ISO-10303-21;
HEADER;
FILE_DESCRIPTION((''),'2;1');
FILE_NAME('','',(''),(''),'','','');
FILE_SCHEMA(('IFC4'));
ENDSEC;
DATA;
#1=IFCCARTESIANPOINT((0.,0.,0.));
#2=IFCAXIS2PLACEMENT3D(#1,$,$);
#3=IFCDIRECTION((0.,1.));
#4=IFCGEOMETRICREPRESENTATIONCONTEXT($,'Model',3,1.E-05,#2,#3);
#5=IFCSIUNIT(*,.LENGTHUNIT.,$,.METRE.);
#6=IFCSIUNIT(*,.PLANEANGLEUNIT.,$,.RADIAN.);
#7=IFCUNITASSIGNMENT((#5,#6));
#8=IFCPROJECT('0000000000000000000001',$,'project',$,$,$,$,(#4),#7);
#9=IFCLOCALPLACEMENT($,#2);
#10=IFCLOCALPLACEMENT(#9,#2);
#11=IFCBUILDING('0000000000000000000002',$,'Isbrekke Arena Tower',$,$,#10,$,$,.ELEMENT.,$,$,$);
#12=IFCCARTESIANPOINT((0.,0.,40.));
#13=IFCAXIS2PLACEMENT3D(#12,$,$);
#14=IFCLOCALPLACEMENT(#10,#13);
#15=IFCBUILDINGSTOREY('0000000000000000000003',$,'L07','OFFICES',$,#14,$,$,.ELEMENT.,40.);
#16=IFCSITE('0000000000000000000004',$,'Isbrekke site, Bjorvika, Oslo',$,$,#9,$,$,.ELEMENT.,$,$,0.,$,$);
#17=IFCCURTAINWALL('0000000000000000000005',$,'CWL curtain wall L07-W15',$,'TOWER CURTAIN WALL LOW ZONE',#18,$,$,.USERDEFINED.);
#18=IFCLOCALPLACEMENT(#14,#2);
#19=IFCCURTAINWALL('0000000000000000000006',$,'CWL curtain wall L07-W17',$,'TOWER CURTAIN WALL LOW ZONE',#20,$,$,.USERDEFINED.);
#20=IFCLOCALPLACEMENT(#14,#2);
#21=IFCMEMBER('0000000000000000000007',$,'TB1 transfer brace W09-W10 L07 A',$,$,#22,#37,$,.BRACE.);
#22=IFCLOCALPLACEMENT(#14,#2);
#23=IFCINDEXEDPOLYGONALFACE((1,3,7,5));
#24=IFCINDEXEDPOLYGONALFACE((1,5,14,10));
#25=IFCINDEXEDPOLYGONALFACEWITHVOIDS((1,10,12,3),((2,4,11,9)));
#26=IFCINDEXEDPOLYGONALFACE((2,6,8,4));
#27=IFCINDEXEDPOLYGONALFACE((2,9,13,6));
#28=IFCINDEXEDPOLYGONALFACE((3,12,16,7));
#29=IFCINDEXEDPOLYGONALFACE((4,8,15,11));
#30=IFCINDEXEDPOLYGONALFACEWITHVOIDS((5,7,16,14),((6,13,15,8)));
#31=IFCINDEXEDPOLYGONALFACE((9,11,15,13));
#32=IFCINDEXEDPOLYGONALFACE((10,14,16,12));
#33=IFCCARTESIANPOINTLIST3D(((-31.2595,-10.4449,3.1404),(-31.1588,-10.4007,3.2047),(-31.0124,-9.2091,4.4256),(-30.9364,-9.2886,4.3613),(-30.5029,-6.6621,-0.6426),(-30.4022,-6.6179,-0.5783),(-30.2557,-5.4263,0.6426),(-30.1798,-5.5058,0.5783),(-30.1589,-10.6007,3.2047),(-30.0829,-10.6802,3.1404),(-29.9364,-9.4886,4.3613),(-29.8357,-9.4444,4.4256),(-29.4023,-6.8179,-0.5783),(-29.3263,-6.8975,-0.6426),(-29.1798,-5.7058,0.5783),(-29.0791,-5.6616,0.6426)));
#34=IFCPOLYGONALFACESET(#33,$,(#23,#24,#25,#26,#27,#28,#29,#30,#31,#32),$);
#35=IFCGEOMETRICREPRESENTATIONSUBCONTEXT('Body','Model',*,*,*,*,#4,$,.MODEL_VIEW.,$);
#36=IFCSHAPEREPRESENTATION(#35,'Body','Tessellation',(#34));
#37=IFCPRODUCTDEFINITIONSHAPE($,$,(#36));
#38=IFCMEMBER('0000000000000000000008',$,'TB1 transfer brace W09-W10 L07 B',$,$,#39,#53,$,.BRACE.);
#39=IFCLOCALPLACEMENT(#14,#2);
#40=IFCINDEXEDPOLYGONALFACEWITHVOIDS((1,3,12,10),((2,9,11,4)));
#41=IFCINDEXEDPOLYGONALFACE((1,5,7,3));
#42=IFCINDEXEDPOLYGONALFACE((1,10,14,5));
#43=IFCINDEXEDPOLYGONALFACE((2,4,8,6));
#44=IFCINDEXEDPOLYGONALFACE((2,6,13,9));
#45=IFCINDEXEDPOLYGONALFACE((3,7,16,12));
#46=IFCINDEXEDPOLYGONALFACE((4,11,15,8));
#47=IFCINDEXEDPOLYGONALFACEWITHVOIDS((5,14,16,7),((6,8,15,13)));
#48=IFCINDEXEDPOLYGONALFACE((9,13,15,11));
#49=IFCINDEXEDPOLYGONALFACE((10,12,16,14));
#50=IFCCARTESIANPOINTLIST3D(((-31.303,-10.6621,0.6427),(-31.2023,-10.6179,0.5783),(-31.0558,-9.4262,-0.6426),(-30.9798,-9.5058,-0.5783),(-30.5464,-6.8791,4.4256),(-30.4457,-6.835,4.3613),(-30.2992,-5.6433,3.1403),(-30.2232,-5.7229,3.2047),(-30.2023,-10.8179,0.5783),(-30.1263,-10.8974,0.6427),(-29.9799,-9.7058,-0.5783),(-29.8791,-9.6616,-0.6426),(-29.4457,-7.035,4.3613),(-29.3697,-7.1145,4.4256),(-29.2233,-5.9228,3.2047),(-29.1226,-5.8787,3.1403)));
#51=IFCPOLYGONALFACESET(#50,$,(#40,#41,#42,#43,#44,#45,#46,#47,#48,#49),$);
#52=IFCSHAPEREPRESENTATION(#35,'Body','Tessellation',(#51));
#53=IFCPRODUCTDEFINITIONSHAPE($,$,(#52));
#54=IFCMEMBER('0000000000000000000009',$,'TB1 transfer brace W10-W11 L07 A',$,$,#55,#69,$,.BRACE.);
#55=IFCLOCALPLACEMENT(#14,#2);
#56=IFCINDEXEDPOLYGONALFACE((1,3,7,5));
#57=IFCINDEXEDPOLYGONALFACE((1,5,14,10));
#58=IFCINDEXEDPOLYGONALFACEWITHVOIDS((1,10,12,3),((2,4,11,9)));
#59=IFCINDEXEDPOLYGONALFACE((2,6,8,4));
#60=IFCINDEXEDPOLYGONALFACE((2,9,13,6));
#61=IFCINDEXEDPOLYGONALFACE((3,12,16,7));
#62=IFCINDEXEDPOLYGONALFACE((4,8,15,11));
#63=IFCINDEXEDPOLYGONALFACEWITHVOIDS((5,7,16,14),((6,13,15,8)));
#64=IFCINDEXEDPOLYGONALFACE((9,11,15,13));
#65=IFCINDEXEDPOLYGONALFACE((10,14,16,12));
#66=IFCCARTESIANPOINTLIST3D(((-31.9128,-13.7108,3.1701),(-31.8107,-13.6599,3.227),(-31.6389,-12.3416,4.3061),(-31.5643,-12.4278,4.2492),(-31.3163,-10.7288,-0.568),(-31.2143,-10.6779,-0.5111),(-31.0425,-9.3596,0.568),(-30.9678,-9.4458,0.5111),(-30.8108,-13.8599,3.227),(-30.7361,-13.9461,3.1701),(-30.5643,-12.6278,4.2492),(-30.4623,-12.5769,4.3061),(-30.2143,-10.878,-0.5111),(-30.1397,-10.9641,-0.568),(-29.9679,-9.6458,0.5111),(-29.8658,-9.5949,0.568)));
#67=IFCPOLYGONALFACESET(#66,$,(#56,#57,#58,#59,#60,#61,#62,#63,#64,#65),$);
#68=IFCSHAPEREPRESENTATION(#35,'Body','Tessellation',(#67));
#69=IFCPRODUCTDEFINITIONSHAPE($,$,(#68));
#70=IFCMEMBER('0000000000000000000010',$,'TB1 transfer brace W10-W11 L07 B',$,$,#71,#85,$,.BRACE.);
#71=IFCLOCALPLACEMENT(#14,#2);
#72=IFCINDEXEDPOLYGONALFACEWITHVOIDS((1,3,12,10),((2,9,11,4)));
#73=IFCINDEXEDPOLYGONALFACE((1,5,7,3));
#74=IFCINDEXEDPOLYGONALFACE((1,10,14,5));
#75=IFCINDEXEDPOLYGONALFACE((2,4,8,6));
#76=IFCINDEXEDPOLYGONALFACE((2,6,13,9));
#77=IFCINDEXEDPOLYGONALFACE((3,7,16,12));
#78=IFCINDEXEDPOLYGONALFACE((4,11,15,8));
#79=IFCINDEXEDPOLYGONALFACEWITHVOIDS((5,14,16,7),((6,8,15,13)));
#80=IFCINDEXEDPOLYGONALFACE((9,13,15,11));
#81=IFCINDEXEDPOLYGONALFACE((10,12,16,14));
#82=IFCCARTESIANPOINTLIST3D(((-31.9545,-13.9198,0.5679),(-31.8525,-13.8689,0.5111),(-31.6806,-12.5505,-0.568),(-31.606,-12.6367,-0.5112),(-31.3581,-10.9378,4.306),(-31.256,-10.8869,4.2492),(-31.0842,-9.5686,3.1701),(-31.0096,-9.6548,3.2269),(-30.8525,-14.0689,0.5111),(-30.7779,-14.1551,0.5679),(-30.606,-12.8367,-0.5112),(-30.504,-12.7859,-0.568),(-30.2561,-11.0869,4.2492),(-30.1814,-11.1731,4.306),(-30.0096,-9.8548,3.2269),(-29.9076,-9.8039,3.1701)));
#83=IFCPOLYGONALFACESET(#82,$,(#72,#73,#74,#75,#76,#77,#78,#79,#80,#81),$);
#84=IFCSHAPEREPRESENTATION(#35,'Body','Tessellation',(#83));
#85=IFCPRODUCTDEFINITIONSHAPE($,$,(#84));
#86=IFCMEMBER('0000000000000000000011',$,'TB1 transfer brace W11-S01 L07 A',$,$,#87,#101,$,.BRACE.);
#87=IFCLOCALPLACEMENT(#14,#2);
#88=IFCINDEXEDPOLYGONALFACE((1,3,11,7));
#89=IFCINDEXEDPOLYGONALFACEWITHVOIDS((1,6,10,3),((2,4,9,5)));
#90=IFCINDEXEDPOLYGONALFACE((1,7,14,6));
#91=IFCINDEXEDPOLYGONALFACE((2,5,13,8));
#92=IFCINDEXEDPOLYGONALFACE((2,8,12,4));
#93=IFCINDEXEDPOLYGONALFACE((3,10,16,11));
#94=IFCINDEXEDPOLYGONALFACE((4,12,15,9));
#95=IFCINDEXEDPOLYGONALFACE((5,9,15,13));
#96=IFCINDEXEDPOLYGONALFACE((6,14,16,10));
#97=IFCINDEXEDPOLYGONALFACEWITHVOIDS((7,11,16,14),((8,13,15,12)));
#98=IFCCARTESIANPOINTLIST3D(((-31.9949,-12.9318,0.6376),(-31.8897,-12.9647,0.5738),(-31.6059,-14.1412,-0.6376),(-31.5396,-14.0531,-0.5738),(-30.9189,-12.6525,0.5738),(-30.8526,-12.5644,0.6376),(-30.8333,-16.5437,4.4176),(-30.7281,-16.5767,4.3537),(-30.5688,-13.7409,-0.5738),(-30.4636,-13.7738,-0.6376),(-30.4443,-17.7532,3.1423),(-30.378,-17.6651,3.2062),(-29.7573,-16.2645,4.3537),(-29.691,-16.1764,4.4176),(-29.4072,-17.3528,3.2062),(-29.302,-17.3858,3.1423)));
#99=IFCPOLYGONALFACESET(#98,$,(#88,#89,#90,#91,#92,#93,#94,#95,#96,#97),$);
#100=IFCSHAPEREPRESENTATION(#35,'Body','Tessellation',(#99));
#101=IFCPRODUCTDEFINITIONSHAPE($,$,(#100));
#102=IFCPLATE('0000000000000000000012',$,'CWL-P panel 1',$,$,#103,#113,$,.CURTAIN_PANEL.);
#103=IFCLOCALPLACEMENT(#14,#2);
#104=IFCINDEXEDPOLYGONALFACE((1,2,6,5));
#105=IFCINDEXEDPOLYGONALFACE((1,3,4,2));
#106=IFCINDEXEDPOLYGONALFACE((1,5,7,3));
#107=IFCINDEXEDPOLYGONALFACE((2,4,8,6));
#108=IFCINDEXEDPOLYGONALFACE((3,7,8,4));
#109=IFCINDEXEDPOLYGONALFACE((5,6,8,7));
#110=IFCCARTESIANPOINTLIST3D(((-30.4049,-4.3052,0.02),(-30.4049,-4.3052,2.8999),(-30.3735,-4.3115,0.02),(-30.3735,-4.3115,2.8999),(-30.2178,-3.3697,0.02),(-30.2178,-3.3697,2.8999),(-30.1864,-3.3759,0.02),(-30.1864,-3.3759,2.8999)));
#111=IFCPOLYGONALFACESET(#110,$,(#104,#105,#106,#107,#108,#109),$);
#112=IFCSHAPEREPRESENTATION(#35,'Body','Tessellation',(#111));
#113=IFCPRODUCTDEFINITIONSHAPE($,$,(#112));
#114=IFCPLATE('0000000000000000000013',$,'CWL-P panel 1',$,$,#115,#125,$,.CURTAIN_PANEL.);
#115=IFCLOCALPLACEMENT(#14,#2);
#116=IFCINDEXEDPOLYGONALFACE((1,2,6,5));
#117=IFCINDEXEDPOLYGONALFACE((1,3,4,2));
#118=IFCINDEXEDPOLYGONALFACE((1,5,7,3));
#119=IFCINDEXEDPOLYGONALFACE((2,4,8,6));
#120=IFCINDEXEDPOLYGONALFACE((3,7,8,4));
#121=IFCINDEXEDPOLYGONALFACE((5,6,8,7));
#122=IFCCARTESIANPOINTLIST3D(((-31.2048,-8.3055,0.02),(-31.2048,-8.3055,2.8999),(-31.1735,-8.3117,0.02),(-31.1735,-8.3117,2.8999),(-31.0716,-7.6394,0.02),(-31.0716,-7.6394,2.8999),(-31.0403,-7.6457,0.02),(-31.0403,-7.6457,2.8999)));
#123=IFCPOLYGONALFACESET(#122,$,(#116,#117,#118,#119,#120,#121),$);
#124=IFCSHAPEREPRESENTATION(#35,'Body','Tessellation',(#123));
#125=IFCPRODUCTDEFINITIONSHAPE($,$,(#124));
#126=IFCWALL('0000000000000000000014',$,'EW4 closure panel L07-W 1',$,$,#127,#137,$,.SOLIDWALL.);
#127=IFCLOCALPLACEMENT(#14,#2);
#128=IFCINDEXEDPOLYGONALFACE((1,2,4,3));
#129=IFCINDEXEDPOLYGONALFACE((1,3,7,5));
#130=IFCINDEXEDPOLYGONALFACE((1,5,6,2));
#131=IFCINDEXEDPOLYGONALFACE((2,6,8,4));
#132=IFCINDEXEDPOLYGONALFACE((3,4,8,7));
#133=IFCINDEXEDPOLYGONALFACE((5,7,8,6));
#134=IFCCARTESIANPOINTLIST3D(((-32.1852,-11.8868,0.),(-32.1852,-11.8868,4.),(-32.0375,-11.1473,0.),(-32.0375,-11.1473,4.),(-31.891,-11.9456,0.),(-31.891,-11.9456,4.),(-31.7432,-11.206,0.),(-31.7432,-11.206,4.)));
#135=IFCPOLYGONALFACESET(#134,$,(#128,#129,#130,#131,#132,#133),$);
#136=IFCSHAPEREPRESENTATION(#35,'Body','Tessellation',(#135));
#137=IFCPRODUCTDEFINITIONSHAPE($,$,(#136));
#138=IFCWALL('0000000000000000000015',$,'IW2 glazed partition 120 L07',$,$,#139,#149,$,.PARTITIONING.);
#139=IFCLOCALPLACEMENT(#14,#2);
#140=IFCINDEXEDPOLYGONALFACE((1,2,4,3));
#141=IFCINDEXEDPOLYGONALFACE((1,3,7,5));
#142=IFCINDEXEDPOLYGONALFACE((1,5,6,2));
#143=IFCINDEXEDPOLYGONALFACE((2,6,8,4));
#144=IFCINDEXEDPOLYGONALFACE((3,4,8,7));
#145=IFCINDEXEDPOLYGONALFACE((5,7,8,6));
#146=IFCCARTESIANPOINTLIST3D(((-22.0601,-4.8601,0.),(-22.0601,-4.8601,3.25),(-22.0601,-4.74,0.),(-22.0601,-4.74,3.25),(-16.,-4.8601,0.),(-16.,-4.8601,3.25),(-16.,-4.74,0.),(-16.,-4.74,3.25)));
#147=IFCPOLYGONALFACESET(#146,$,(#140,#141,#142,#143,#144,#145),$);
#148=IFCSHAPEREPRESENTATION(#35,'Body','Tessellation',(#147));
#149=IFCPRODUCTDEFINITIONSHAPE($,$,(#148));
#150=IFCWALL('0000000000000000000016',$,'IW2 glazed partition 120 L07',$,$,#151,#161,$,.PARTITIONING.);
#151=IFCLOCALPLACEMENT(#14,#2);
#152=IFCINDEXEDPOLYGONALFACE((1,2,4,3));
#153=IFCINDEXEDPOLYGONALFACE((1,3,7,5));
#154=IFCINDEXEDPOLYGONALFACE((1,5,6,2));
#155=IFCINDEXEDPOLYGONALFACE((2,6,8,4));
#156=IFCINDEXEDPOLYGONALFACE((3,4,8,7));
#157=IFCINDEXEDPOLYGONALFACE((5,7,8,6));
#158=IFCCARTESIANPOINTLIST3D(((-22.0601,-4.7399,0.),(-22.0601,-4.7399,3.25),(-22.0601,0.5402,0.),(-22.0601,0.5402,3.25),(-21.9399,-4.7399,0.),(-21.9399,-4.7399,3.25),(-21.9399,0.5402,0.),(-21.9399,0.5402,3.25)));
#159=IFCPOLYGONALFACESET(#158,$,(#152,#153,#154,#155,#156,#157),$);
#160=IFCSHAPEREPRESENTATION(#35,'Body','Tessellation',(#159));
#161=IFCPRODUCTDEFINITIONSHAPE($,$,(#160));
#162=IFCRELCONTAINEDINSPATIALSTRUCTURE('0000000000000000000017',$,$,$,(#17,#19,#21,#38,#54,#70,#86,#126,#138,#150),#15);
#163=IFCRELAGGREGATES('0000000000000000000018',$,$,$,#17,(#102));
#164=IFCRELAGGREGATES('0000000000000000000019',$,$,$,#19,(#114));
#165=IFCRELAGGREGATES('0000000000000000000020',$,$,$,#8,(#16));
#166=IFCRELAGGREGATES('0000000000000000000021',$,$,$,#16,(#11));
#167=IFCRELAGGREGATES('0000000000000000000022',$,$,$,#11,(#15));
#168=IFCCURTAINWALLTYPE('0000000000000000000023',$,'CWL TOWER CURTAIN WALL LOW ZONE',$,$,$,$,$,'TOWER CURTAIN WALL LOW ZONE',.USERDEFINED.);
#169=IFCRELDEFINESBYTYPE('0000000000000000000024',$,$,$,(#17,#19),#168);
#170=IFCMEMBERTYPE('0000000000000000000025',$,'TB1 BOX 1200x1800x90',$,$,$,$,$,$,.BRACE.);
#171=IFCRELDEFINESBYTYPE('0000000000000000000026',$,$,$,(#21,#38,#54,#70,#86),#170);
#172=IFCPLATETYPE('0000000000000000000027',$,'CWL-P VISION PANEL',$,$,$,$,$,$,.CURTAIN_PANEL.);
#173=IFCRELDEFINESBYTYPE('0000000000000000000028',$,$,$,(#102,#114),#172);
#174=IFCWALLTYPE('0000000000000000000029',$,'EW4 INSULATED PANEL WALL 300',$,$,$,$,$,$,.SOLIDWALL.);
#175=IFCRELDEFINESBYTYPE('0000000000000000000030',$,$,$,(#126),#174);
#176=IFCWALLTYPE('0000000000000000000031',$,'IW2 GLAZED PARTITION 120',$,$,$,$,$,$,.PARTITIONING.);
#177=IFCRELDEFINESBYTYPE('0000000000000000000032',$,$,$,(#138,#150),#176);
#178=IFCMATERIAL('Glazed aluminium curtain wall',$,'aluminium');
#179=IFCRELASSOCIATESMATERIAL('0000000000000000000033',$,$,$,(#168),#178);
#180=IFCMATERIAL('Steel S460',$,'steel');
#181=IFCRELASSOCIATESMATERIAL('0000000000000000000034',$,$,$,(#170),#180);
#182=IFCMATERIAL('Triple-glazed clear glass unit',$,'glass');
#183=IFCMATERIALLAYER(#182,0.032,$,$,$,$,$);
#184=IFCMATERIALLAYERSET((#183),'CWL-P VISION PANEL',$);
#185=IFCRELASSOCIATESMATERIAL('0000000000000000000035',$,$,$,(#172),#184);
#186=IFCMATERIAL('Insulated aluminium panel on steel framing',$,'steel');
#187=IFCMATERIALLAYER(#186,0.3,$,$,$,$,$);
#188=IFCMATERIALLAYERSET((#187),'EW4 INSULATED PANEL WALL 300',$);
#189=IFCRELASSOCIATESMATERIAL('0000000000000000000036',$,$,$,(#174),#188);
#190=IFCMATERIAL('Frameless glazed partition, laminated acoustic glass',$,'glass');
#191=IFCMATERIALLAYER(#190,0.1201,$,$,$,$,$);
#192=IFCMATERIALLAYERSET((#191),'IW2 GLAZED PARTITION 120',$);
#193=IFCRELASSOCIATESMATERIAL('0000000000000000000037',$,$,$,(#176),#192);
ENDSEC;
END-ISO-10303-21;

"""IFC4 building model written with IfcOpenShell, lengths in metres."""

from ifc_helpers import new_model, si_unit, direction, frame, frame_2d, origin, origin_2d, place, context, subcontext, project, spatial, rectangle, hollow_rectangle, extrude, material, layer, layer_set, material_profile, profile_set, type_object, element, aggregate, save


model = new_model("IFC4")

# Units and contexts
model_context = context("Model", 3, precision=1e-05, world=origin(), true_north=direction((0.0, 1.0)))
body_context = subcontext(model_context, "Body", "Model", "MODEL_VIEW")
ifc_project = project(units=[si_unit("LENGTHUNIT", "METRE"), si_unit("PLANEANGLEUNIT", "RADIAN")], contexts=[model_context])

# Site, building, storey
site_placement = place(None, origin())
site = spatial("IfcSite", under=ifc_project, at=site_placement, Name="Isbrekke site, Bjorvika, Oslo", CompositionType="ELEMENT", RefElevation=0.0)
building_placement = place(site_placement, origin())
building = spatial("IfcBuilding", under=site, at=building_placement, Name="Isbrekke Arena Tower", CompositionType="ELEMENT")
storey_placement = place(building_placement, frame((0.0, 0.0, 40.0)))
storey = spatial("IfcBuildingStorey", under=building, at=storey_placement, Name="L07", Description="OFFICES", CompositionType="ELEMENT", Elevation=40.0)

# Curtain walls
ifc_material_1 = material(Name="Glazed aluminium curtain wall", Category="aluminium")
curtain_wall_type = type_object("IfcCurtainWallType", Name="CWL TOWER CURTAIN WALL LOW ZONE", ElementType="TOWER CURTAIN WALL LOW ZONE", PredefinedType="USERDEFINED", material=ifc_material_1)
curtain_wall_1_placement = place(storey_placement, origin())
curtain_wall_1 = element("IfcCurtainWall", 1, at=curtain_wall_1_placement, inside=storey, type_object=curtain_wall_type, Name="CWL curtain wall L07-W15", ObjectType="TOWER CURTAIN WALL LOW ZONE", PredefinedType="USERDEFINED")
curtain_wall_2_placement = place(storey_placement, origin())
curtain_wall_2 = element("IfcCurtainWall", 2, at=curtain_wall_2_placement, inside=storey, type_object=curtain_wall_type, Name="CWL curtain wall L07-W17", ObjectType="TOWER CURTAIN WALL LOW ZONE", PredefinedType="USERDEFINED")

# Members
ifc_material_2 = material(Name="Steel S460", Category="steel")
ifc_material_profile_1 = material_profile(ifc_material_2, hollow_rectangle(XDim=1.2, YDim=1.8, WallThickness=0.0901, at=origin_2d()), Name="BOX 1200x1800x90")
ifc_profile_set_1 = profile_set([ifc_material_profile_1], Name="Steel S460")
member_type_1 = type_object("IfcMemberType", Name="TB1 BOX 1200x1800x90", PredefinedType="BRACE", material=ifc_profile_set_1)
for number, where, z_axis, x_axis, name in (
    (3, (-29.791, -6.1619, 0.0), (-0.140032, -0.700117, 0.700162), (0.980578, -0.196128, 0.0), "TB1 transfer brace W09-W10 L07 A"),
    (4, (-29.8345, -6.3789, 3.783), (-0.140028, -0.70014, -0.70014), (0.980581, -0.196116, 0.0), "TB1 transfer brace W09-W10 L07 B"),
):
    element("IfcMember", number, at=place(storey_placement, frame(where, z_axis=z_axis, x_axis=x_axis)), inside=storey, type_object=member_type_1, Name=name, PredefinedType="BRACE", context=body_context, shape_type="SweptSolid", body=[
        extrude(hollow_rectangle(XDim=1.2, YDim=1.8, WallThickness=0.0901, at=origin_2d()), origin(), (0.0, 0.0, 1.0), 5.4031),
    ])
for number, where, z_axis, x_axis, name in (
    (5, (-30.5911, -10.1619, 0.0), (-0.123773, -0.618816, 0.775724), (0.980578, -0.196132, 0.0), "TB1 transfer brace W10-W11 L07 A"),
    (6, (-30.6328, -10.3708, 3.738), (-0.123773, -0.618816, -0.775724), (0.980578, -0.196132, 0.0), "TB1 transfer brace W10-W11 L07 B"),
):
    element("IfcMember", number, at=place(storey_placement, frame(where, z_axis=z_axis, x_axis=x_axis)), inside=storey, type_object=member_type_1, Name=name, PredefinedType="BRACE", context=body_context, shape_type="SweptSolid", body=[
        extrude(hollow_rectangle(XDim=1.2, YDim=1.8, WallThickness=0.0901, at=origin_2d()), origin(), (0.0, 0.0, 1.0), 4.8188),
    ])
member_1_placement = place(storey_placement, frame((-31.2292, -13.3528, 0.0), z_axis=(0.216889, -0.674416, 0.705778), x_axis=(0.951982, 0.306153, 0.0)))
element("IfcMember", 7, at=member_1_placement, inside=storey, type_object=member_type_1, Name="TB1 transfer brace W11-S01 L07 A", PredefinedType="BRACE", context=body_context, shape_type="SweptSolid", body=[
    extrude(hollow_rectangle(XDim=1.2, YDim=1.8, WallThickness=0.0901, at=origin_2d()), origin(), (0.0, 0.0, 1.0), 5.3557),
])

# Plates
ifc_material_3 = material(Name="Triple-glazed clear glass unit", Category="glass")
ifc_layer_1 = layer(ifc_material_3, 0.032)
ifc_layer_set_1 = layer_set([ifc_layer_1], Name="CWL-P VISION PANEL")
plate_type = type_object("IfcPlateType", Name="CWL-P VISION PANEL", PredefinedType="CURTAIN_PANEL", material=ifc_layer_set_1)
plate_1_placement = place(storey_placement, frame((-30.2957, -3.8406, 0.02), z_axis=(0.0, 0.0, 1.0), x_axis=(-0.196116, -0.980581, 0.0)))
plate_1 = element("IfcPlate", 8, at=plate_1_placement, type_object=plate_type, Name="CWL-P panel 1", PredefinedType="CURTAIN_PANEL", context=body_context, shape_type="SweptSolid", body=[
    extrude(rectangle(XDim=0.9541, YDim=0.032, at=origin_2d()), origin(), (0.0, 0.0, 1.0), 2.8799),
])
aggregate(curtain_wall_1, [plate_1])
plate_2_placement = place(storey_placement, frame((-31.1226, -7.9756, 0.02), z_axis=(0.0, 0.0, 1.0), x_axis=(-0.196116, -0.980581, 0.0)))
plate_2 = element("IfcPlate", 9, at=plate_2_placement, type_object=plate_type, Name="CWL-P panel 1", PredefinedType="CURTAIN_PANEL", context=body_context, shape_type="SweptSolid", body=[
    extrude(rectangle(XDim=0.6792, YDim=0.032, at=origin_2d()), origin(), (0.0, 0.0, 1.0), 2.8799),
])
aggregate(curtain_wall_2, [plate_2])

# Walls
ifc_material_4 = material(Name="Insulated aluminium panel on steel framing", Category="steel")
ifc_layer_2 = layer(ifc_material_4, 0.3)
ifc_layer_set_2 = layer_set([ifc_layer_2], Name="EW4 INSULATED PANEL WALL 300")
wall_type_1 = type_object("IfcWallType", Name="EW4 INSULATED PANEL WALL 300", PredefinedType="SOLIDWALL", material=ifc_layer_set_2)
wall_1_placement = place(storey_placement, frame((-31.8904, -11.1768, 0.0), z_axis=(0.0, 0.0, 1.0), x_axis=(-0.195867, -0.98063, 0.0)))
element("IfcWall", 10, at=wall_1_placement, inside=storey, type_object=wall_type_1, Name="EW4 closure panel L07-W 1", PredefinedType="SOLIDWALL", context=body_context, shape_type="SweptSolid", body=[
    extrude(rectangle(XDim=0.7542, YDim=0.3, at=frame_2d((0.377, 0.0))), origin(), (0.0, 0.0, 1.0), 4.0),
])
ifc_material_5 = material(Name="Frameless glazed partition, laminated acoustic glass", Category="glass")
ifc_layer_3 = layer(ifc_material_5, 0.1201)
ifc_layer_set_3 = layer_set([ifc_layer_3], Name="IW2 GLAZED PARTITION 120")
wall_type_2 = type_object("IfcWallType", Name="IW2 GLAZED PARTITION 120", PredefinedType="PARTITIONING", material=ifc_layer_set_3)
wall_2_placement = place(storey_placement, frame((-22.0601, -4.8, 0.0), z_axis=(0.0, 0.0, 1.0), x_axis=(1.0, 0.0, 0.0)))
element("IfcWall", 11, at=wall_2_placement, inside=storey, type_object=wall_type_2, Name="IW2 glazed partition 120 L07", PredefinedType="PARTITIONING", context=body_context, shape_type="SweptSolid", body=[
    extrude(rectangle(XDim=6.0601, YDim=0.1201, at=frame_2d((3.03, 0.0))), origin(), (0.0, 0.0, 1.0), 3.25),
])
wall_3_placement = place(storey_placement, frame((-22.0, -4.74, 0.0), z_axis=(0.0, 0.0, 1.0), x_axis=(0.0, 1.0, 0.0)))
element("IfcWall", 12, at=wall_3_placement, inside=storey, type_object=wall_type_2, Name="IW2 glazed partition 120 L07", PredefinedType="PARTITIONING", context=body_context, shape_type="SweptSolid", body=[
    extrude(rectangle(XDim=5.28, YDim=0.1201, at=frame_2d((2.6401, 0.0))), origin(), (0.0, 0.0, 1.0), 3.25),
])

save(model, "model.ifc")
